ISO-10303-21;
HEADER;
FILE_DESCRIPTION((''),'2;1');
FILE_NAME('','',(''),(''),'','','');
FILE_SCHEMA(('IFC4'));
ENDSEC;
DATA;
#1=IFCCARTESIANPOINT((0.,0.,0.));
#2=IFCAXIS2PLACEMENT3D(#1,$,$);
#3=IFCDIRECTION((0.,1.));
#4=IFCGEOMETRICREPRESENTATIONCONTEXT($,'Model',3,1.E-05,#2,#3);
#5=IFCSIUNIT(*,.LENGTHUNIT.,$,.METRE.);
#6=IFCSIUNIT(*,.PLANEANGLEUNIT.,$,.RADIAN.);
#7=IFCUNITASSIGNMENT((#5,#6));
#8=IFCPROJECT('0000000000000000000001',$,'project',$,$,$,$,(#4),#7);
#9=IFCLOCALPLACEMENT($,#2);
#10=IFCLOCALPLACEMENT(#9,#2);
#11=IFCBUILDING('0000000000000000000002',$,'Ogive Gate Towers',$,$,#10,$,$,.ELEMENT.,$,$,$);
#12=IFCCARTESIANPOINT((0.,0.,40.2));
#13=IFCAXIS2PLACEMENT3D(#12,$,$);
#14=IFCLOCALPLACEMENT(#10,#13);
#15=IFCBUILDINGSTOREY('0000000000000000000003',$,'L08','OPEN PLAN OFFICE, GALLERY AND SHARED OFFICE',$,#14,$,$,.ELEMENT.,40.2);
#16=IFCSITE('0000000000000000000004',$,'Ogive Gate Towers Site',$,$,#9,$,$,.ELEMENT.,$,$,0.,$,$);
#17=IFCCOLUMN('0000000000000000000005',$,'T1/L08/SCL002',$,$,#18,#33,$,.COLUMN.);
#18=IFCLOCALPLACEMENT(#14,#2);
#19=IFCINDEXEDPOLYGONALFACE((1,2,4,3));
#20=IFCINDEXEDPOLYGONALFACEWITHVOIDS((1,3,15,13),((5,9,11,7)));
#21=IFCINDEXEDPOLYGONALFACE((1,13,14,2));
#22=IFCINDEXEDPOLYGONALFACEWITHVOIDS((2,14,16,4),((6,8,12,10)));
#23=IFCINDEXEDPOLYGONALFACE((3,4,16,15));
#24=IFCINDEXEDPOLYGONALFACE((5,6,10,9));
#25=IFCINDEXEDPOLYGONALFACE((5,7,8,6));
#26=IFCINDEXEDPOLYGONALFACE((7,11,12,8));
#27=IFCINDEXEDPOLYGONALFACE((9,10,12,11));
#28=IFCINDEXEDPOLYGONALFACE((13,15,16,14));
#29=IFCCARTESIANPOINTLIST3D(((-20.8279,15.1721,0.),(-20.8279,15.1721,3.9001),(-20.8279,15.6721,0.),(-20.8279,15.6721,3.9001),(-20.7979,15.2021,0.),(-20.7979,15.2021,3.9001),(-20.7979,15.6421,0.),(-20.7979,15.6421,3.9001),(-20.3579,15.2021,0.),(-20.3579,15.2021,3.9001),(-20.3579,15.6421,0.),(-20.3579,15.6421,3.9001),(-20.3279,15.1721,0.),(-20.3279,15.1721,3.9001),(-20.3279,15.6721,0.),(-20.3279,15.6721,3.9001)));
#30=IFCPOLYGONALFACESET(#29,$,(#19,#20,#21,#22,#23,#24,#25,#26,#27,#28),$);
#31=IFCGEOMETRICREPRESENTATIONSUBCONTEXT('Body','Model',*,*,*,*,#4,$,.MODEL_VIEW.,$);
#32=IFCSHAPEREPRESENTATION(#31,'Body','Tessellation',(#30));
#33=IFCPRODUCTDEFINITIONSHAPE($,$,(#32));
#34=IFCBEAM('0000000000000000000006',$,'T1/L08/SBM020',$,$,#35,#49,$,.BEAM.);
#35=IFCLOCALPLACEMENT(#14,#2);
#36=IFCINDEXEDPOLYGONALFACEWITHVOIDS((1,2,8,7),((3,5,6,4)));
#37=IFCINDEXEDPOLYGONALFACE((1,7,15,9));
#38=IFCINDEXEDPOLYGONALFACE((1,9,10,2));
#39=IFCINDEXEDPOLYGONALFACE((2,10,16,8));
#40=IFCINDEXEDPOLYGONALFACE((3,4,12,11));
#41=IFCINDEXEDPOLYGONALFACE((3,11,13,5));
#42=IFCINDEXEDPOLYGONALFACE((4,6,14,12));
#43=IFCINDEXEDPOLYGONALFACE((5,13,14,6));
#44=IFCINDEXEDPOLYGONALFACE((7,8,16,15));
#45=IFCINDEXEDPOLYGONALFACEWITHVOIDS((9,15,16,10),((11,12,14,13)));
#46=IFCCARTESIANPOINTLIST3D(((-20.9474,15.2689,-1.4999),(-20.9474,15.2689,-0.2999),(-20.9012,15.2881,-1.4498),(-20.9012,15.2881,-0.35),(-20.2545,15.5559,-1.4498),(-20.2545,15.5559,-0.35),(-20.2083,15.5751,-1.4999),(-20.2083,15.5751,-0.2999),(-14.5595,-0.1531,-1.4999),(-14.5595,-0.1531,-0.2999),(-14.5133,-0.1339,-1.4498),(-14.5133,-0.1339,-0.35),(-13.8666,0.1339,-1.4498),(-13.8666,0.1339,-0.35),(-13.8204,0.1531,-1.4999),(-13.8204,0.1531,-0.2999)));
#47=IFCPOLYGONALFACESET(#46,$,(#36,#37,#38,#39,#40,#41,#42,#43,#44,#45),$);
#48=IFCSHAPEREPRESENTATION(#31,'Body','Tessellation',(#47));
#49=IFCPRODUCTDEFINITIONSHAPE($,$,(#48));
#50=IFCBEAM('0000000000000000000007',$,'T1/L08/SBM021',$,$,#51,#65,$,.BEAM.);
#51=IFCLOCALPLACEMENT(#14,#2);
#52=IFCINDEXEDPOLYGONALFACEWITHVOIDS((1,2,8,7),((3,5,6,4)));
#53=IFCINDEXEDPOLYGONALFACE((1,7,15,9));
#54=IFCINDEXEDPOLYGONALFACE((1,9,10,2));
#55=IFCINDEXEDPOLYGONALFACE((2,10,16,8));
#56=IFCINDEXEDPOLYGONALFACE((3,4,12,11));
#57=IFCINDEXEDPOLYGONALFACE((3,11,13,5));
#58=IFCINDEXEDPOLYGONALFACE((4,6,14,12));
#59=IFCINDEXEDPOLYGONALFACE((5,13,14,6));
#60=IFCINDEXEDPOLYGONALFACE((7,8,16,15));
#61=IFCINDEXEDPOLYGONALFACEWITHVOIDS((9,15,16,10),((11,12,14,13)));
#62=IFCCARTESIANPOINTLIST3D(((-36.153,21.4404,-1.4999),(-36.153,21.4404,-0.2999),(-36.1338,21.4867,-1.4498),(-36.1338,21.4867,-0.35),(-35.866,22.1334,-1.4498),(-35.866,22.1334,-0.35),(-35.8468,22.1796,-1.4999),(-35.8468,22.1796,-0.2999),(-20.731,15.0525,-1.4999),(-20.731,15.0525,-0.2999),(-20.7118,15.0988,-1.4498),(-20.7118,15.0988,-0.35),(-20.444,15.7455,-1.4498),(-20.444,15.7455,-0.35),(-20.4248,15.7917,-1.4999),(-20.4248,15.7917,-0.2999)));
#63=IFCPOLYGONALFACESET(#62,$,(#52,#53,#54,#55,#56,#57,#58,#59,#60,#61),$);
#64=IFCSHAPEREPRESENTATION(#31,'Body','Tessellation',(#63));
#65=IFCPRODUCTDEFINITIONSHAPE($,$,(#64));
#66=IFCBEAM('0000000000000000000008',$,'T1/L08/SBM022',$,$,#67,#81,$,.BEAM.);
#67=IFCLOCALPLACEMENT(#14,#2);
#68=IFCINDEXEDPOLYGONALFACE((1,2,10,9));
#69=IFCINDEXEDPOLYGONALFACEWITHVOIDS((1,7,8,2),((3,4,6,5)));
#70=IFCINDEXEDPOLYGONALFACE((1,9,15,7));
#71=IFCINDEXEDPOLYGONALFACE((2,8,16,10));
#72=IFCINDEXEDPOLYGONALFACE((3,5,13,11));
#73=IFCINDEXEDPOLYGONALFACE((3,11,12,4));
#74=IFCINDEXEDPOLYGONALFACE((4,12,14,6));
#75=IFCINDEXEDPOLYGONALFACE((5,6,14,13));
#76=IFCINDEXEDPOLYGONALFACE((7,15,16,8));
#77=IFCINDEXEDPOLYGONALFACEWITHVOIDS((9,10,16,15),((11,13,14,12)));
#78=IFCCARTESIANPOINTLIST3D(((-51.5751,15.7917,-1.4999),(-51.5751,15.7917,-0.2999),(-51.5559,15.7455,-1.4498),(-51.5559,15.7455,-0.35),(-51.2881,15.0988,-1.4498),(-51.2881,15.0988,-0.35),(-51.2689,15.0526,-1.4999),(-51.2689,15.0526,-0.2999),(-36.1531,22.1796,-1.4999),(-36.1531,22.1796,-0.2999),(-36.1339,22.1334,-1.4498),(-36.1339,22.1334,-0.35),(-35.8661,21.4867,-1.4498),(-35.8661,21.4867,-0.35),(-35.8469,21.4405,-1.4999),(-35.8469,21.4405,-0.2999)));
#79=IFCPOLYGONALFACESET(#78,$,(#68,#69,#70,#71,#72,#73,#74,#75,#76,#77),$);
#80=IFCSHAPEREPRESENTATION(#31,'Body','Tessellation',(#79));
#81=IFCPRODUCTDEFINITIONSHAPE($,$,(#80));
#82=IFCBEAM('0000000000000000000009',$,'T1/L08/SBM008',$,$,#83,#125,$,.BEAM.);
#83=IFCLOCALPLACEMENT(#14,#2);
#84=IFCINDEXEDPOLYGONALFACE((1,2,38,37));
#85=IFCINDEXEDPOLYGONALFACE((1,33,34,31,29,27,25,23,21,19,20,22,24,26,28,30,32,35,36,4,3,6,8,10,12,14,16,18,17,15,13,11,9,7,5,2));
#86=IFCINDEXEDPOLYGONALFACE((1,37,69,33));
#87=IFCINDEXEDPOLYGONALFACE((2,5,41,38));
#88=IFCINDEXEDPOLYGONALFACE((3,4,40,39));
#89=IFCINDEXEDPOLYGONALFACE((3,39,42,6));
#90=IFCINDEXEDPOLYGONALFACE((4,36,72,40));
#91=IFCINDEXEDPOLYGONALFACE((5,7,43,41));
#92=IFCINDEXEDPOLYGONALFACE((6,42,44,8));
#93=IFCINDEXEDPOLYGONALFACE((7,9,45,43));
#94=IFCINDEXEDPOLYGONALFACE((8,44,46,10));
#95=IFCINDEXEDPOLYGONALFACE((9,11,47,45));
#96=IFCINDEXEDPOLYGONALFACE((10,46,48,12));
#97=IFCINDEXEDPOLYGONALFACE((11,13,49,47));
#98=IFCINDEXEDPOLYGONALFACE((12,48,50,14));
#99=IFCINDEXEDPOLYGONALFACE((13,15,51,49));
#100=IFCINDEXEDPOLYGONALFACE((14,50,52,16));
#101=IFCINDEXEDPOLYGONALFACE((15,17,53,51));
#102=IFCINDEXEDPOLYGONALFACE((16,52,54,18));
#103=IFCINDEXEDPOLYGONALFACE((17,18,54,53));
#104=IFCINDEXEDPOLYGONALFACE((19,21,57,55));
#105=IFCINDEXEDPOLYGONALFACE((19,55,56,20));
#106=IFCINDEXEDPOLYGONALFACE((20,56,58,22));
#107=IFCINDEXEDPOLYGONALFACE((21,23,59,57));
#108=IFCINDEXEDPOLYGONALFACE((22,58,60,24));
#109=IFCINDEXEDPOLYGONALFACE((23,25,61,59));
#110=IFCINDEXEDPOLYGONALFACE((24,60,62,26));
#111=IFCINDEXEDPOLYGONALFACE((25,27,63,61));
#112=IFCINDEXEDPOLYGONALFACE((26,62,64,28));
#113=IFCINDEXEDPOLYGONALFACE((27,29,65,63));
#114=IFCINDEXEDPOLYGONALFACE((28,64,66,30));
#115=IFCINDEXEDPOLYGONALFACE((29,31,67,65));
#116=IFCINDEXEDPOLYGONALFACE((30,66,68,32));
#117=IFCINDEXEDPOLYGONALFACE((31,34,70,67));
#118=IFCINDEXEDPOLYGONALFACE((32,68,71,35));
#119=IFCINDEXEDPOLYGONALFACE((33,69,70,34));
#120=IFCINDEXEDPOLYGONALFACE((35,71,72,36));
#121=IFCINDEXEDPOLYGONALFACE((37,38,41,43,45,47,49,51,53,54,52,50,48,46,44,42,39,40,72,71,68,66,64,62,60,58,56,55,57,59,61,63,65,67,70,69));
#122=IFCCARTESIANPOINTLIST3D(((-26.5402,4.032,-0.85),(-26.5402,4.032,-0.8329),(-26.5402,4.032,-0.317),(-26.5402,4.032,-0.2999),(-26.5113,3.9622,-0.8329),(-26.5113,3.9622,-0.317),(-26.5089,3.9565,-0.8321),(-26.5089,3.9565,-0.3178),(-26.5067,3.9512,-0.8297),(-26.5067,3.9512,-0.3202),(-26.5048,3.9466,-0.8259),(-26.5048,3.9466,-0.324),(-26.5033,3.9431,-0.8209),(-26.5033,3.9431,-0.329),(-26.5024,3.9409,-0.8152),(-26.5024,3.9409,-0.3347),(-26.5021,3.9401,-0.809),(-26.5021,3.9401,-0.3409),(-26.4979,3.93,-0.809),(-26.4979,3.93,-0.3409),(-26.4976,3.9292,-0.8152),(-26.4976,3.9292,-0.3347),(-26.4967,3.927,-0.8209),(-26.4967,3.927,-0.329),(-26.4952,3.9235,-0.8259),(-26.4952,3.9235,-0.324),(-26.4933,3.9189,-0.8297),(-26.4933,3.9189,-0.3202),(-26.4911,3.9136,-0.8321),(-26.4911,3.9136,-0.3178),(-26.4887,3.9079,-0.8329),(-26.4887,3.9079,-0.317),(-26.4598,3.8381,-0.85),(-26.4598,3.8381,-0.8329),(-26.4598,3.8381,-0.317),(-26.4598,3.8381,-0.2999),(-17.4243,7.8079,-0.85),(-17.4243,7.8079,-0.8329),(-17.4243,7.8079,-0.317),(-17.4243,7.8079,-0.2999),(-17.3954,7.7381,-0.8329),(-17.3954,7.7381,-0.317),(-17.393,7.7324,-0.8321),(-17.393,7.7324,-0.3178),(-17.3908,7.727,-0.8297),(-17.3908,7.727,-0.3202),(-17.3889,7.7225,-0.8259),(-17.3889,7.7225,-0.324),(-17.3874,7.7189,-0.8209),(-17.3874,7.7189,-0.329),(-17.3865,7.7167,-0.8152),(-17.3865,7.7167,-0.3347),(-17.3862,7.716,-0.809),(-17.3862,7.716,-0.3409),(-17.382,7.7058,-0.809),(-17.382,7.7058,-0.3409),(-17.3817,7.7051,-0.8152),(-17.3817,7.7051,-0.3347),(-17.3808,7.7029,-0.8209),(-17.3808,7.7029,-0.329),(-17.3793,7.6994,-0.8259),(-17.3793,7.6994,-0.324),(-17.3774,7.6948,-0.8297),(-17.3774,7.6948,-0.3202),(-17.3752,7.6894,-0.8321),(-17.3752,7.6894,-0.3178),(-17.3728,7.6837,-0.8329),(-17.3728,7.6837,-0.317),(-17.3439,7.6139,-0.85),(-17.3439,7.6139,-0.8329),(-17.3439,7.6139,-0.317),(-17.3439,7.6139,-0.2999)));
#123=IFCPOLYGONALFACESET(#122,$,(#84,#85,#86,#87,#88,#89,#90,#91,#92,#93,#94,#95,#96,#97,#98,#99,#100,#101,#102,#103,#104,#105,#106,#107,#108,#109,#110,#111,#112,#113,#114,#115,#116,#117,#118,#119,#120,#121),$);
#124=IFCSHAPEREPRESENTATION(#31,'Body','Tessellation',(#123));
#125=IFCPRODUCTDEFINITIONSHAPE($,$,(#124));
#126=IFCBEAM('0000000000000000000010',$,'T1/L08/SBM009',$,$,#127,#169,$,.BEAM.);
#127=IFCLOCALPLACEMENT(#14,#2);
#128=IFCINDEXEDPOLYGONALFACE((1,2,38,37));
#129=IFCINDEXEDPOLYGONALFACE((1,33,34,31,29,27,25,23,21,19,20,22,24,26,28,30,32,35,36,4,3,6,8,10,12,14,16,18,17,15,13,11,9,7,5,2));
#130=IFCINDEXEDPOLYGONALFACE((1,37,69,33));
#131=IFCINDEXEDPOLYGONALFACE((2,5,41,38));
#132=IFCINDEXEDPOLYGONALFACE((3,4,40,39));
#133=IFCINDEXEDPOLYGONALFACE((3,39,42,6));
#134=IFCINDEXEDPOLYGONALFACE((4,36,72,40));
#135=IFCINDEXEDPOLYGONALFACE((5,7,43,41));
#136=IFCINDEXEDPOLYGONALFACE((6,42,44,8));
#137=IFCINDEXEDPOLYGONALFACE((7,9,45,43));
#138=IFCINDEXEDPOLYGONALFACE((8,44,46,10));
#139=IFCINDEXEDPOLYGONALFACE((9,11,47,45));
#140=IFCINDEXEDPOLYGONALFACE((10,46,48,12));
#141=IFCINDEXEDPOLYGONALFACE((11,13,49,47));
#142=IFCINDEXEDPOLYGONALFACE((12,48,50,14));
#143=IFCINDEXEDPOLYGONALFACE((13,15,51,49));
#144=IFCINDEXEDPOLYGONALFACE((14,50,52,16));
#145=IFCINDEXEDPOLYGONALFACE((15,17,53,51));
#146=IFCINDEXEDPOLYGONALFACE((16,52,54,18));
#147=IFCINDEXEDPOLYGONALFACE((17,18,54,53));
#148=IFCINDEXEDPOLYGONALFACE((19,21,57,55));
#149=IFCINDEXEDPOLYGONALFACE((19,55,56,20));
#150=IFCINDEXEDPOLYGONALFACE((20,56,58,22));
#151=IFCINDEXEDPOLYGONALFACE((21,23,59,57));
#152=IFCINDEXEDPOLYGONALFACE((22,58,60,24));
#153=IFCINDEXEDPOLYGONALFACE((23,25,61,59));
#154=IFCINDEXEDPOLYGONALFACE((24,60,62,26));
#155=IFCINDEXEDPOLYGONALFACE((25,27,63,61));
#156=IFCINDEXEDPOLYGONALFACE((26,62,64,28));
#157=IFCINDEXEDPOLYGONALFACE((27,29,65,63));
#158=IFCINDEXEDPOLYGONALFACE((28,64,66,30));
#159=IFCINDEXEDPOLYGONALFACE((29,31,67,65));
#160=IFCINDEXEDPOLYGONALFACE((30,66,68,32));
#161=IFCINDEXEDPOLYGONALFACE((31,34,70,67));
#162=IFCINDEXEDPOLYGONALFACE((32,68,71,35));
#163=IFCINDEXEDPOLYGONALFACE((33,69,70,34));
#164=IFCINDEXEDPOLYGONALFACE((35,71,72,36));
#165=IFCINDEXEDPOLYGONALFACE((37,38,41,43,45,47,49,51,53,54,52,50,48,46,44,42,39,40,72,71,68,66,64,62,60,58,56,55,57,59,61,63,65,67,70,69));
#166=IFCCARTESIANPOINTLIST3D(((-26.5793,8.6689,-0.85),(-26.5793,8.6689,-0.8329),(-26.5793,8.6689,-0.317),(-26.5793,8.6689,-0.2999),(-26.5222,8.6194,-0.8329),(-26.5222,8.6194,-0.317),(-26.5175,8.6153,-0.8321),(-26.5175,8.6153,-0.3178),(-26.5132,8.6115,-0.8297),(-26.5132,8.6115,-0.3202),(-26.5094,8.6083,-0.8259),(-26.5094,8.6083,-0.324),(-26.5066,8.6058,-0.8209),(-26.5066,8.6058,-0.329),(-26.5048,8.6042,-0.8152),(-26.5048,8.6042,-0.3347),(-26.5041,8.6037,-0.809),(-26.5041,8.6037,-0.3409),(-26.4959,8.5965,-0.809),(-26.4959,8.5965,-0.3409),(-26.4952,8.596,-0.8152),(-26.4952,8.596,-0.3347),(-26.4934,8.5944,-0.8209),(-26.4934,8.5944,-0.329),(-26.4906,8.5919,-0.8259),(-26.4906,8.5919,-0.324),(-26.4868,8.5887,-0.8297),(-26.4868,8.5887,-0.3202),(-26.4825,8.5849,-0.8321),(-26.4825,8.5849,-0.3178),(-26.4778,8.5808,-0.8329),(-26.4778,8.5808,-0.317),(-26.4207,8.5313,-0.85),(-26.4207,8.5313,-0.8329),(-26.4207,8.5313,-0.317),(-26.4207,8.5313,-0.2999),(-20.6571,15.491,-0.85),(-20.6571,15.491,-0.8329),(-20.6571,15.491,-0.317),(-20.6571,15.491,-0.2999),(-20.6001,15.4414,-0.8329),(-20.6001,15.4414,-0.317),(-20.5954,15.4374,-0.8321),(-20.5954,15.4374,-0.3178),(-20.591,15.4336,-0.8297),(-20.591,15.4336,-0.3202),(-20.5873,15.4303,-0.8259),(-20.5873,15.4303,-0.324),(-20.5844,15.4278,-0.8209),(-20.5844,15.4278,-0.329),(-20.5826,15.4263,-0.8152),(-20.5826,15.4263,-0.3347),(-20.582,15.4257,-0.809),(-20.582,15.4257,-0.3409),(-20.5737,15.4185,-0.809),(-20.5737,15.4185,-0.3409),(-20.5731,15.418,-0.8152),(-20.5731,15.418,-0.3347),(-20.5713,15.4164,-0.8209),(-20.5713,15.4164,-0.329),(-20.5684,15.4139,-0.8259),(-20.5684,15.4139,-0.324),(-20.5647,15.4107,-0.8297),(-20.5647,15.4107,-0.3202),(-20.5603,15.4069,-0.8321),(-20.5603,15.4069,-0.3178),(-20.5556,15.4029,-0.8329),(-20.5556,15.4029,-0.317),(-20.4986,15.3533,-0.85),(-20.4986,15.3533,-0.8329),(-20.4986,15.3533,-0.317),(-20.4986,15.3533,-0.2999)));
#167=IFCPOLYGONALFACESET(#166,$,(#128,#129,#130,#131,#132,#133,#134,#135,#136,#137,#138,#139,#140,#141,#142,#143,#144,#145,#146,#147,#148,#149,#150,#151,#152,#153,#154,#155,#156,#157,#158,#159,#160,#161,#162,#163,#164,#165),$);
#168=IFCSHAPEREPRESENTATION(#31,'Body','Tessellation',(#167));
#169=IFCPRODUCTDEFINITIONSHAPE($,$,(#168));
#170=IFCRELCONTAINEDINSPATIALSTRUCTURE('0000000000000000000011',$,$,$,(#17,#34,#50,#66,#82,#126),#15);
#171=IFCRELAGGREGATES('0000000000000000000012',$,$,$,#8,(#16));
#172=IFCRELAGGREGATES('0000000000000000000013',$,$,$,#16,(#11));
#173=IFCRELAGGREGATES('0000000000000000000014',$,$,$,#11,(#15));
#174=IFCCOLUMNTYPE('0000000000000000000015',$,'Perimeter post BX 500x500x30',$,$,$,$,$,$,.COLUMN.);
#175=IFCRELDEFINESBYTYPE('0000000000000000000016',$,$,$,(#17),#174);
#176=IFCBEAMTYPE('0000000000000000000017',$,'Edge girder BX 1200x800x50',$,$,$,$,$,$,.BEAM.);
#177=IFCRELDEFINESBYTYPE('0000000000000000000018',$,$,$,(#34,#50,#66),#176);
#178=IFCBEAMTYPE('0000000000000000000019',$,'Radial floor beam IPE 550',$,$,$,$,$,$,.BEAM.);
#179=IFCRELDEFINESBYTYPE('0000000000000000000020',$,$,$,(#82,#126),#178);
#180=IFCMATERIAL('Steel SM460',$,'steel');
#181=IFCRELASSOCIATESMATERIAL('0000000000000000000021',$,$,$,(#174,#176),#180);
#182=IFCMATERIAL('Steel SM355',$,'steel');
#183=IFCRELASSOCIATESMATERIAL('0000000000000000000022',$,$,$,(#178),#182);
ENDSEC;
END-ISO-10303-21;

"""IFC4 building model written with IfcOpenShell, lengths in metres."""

from ifc_helpers import new_model, si_unit, direction, frame, origin, origin_2d, place, context, subcontext, project, spatial, hollow_rectangle, i_section, extrude, material, material_profile, profile_set, type_object, element, save


model = new_model("IFC4")

# Units and contexts
model_context = context("Model", 3, precision=1e-05, world=origin(), true_north=direction((0.0, 1.0)))
body_context = subcontext(model_context, "Body", "Model", "MODEL_VIEW")
ifc_project = project(units=[si_unit("LENGTHUNIT", "METRE"), si_unit("PLANEANGLEUNIT", "RADIAN")], contexts=[model_context])

# Site, building, storey
site_placement = place(None, origin())
site = spatial("IfcSite", under=ifc_project, at=site_placement, Name="Ogive Gate Towers Site", CompositionType="ELEMENT", RefElevation=0.0)
building_placement = place(site_placement, origin())
building = spatial("IfcBuilding", under=site, at=building_placement, Name="Ogive Gate Towers", CompositionType="ELEMENT")
storey_placement = place(building_placement, frame((0.0, 0.0, 40.2)))
storey = spatial("IfcBuildingStorey", under=building, at=storey_placement, Name="L08", Description="OPEN PLAN OFFICE, GALLERY AND SHARED OFFICE", CompositionType="ELEMENT", Elevation=40.2)

# Column
ifc_material_1 = material(Name="Steel SM460", Category="steel")
ifc_material_profile_1 = material_profile(ifc_material_1, hollow_rectangle(XDim=0.5, YDim=0.5, WallThickness=0.03, at=origin_2d()), Name="BX 500x500x30")
ifc_profile_set_1 = profile_set([ifc_material_profile_1], Name="Steel SM460")
column_type = type_object("IfcColumnType", Name="Perimeter post BX 500x500x30", PredefinedType="COLUMN", material=ifc_profile_set_1)
column_placement = place(storey_placement, frame((-20.5779, 15.4221, 0.0), z_axis=(0.0, 0.0, 1.0), x_axis=(1.0, 0.0, 0.0)))
element("IfcColumn", 1, at=column_placement, inside=storey, type_object=column_type, Name="T1/L08/SCL002", PredefinedType="COLUMN", context=body_context, shape_type="SweptSolid", body=[
    extrude(hollow_rectangle(XDim=0.5, YDim=0.5, WallThickness=0.03, at=origin_2d()), origin(), (0.0, 0.0, 1.0), 3.9001),
])

# Beams
ifc_material_profile_2 = material_profile(ifc_material_1, hollow_rectangle(XDim=0.8, YDim=1.2, WallThickness=0.05, at=origin_2d()), Name="BX 1200x800x50")
ifc_profile_set_2 = profile_set([ifc_material_profile_2], Name="Steel SM460")
beam_type_1 = type_object("IfcBeamType", Name="Edge girder BX 1200x800x50", PredefinedType="BEAM", material=ifc_profile_set_2)
for number, where, z_axis, x_axis, name in (
    (2, (-14.1899, 0.0, -0.8999), (-0.382678, 0.923882, 0.0), (-0.923882, -0.382678, 0.0), "T1/L08/SBM020"),
    (3, (-20.5779, 15.4221, -0.8999), (-0.923882, 0.382678, 0.0), (-0.382678, -0.923882, 0.0), "T1/L08/SBM021"),
    (4, (-36.0, 21.8101, -0.8999), (-0.923882, -0.382678, 0.0), (0.382678, -0.923882, 0.0), "T1/L08/SBM022"),
):
    element("IfcBeam", number, at=place(storey_placement, frame(where, z_axis=z_axis, x_axis=x_axis)), inside=storey, type_object=beam_type_1, Name=name, PredefinedType="BEAM", context=body_context, shape_type="SweptSolid", body=[
        extrude(hollow_rectangle(XDim=0.8, YDim=1.2, WallThickness=0.05, at=origin_2d()), origin(), (0.0, 0.0, 1.0), 16.6926),
    ])
ifc_material_2 = material(Name="Steel SM355", Category="steel")
ifc_material_profile_3 = material_profile(ifc_material_2, i_section(OverallWidth=0.21, OverallDepth=0.55, WebThickness=0.011, FlangeThickness=0.0171, FilletRadius=0.0239, at=origin_2d()), Name="IPE 550")
ifc_profile_set_3 = profile_set([ifc_material_profile_3], Name="Steel SM355")
beam_type_2 = type_object("IfcBeamType", Name="Radial floor beam IPE 550", PredefinedType="BEAM", material=ifc_profile_set_3)
beam_1_placement = place(storey_placement, frame((-26.5, 3.9351, -0.575), z_axis=(0.923882, 0.382677, 0.0), x_axis=(-0.382677, 0.923882, 0.0)))
element("IfcBeam", 5, at=beam_1_placement, inside=storey, type_object=beam_type_2, Name="T1/L08/SBM008", PredefinedType="BEAM", context=body_context, shape_type="SweptSolid", body=[
    extrude(i_section(OverallWidth=0.21, OverallDepth=0.55, WebThickness=0.011, FlangeThickness=0.0171, FilletRadius=0.0239, at=origin_2d()), origin(), (0.0, 0.0, 1.0), 9.8669),
])
beam_2_placement = place(storey_placement, frame((-26.5, 8.6001, -0.575), z_axis=(0.655544, 0.755157, 0.0), x_axis=(-0.755157, 0.655544, 0.0)))
element("IfcBeam", 6, at=beam_2_placement, inside=storey, type_object=beam_type_2, Name="T1/L08/SBM009", PredefinedType="BEAM", context=body_context, shape_type="SweptSolid", body=[
    extrude(i_section(OverallWidth=0.21, OverallDepth=0.55, WebThickness=0.011, FlangeThickness=0.0171, FilletRadius=0.0239, at=origin_2d()), origin(), (0.0, 0.0, 1.0), 9.0339),
])

save(model, "model.ifc")
